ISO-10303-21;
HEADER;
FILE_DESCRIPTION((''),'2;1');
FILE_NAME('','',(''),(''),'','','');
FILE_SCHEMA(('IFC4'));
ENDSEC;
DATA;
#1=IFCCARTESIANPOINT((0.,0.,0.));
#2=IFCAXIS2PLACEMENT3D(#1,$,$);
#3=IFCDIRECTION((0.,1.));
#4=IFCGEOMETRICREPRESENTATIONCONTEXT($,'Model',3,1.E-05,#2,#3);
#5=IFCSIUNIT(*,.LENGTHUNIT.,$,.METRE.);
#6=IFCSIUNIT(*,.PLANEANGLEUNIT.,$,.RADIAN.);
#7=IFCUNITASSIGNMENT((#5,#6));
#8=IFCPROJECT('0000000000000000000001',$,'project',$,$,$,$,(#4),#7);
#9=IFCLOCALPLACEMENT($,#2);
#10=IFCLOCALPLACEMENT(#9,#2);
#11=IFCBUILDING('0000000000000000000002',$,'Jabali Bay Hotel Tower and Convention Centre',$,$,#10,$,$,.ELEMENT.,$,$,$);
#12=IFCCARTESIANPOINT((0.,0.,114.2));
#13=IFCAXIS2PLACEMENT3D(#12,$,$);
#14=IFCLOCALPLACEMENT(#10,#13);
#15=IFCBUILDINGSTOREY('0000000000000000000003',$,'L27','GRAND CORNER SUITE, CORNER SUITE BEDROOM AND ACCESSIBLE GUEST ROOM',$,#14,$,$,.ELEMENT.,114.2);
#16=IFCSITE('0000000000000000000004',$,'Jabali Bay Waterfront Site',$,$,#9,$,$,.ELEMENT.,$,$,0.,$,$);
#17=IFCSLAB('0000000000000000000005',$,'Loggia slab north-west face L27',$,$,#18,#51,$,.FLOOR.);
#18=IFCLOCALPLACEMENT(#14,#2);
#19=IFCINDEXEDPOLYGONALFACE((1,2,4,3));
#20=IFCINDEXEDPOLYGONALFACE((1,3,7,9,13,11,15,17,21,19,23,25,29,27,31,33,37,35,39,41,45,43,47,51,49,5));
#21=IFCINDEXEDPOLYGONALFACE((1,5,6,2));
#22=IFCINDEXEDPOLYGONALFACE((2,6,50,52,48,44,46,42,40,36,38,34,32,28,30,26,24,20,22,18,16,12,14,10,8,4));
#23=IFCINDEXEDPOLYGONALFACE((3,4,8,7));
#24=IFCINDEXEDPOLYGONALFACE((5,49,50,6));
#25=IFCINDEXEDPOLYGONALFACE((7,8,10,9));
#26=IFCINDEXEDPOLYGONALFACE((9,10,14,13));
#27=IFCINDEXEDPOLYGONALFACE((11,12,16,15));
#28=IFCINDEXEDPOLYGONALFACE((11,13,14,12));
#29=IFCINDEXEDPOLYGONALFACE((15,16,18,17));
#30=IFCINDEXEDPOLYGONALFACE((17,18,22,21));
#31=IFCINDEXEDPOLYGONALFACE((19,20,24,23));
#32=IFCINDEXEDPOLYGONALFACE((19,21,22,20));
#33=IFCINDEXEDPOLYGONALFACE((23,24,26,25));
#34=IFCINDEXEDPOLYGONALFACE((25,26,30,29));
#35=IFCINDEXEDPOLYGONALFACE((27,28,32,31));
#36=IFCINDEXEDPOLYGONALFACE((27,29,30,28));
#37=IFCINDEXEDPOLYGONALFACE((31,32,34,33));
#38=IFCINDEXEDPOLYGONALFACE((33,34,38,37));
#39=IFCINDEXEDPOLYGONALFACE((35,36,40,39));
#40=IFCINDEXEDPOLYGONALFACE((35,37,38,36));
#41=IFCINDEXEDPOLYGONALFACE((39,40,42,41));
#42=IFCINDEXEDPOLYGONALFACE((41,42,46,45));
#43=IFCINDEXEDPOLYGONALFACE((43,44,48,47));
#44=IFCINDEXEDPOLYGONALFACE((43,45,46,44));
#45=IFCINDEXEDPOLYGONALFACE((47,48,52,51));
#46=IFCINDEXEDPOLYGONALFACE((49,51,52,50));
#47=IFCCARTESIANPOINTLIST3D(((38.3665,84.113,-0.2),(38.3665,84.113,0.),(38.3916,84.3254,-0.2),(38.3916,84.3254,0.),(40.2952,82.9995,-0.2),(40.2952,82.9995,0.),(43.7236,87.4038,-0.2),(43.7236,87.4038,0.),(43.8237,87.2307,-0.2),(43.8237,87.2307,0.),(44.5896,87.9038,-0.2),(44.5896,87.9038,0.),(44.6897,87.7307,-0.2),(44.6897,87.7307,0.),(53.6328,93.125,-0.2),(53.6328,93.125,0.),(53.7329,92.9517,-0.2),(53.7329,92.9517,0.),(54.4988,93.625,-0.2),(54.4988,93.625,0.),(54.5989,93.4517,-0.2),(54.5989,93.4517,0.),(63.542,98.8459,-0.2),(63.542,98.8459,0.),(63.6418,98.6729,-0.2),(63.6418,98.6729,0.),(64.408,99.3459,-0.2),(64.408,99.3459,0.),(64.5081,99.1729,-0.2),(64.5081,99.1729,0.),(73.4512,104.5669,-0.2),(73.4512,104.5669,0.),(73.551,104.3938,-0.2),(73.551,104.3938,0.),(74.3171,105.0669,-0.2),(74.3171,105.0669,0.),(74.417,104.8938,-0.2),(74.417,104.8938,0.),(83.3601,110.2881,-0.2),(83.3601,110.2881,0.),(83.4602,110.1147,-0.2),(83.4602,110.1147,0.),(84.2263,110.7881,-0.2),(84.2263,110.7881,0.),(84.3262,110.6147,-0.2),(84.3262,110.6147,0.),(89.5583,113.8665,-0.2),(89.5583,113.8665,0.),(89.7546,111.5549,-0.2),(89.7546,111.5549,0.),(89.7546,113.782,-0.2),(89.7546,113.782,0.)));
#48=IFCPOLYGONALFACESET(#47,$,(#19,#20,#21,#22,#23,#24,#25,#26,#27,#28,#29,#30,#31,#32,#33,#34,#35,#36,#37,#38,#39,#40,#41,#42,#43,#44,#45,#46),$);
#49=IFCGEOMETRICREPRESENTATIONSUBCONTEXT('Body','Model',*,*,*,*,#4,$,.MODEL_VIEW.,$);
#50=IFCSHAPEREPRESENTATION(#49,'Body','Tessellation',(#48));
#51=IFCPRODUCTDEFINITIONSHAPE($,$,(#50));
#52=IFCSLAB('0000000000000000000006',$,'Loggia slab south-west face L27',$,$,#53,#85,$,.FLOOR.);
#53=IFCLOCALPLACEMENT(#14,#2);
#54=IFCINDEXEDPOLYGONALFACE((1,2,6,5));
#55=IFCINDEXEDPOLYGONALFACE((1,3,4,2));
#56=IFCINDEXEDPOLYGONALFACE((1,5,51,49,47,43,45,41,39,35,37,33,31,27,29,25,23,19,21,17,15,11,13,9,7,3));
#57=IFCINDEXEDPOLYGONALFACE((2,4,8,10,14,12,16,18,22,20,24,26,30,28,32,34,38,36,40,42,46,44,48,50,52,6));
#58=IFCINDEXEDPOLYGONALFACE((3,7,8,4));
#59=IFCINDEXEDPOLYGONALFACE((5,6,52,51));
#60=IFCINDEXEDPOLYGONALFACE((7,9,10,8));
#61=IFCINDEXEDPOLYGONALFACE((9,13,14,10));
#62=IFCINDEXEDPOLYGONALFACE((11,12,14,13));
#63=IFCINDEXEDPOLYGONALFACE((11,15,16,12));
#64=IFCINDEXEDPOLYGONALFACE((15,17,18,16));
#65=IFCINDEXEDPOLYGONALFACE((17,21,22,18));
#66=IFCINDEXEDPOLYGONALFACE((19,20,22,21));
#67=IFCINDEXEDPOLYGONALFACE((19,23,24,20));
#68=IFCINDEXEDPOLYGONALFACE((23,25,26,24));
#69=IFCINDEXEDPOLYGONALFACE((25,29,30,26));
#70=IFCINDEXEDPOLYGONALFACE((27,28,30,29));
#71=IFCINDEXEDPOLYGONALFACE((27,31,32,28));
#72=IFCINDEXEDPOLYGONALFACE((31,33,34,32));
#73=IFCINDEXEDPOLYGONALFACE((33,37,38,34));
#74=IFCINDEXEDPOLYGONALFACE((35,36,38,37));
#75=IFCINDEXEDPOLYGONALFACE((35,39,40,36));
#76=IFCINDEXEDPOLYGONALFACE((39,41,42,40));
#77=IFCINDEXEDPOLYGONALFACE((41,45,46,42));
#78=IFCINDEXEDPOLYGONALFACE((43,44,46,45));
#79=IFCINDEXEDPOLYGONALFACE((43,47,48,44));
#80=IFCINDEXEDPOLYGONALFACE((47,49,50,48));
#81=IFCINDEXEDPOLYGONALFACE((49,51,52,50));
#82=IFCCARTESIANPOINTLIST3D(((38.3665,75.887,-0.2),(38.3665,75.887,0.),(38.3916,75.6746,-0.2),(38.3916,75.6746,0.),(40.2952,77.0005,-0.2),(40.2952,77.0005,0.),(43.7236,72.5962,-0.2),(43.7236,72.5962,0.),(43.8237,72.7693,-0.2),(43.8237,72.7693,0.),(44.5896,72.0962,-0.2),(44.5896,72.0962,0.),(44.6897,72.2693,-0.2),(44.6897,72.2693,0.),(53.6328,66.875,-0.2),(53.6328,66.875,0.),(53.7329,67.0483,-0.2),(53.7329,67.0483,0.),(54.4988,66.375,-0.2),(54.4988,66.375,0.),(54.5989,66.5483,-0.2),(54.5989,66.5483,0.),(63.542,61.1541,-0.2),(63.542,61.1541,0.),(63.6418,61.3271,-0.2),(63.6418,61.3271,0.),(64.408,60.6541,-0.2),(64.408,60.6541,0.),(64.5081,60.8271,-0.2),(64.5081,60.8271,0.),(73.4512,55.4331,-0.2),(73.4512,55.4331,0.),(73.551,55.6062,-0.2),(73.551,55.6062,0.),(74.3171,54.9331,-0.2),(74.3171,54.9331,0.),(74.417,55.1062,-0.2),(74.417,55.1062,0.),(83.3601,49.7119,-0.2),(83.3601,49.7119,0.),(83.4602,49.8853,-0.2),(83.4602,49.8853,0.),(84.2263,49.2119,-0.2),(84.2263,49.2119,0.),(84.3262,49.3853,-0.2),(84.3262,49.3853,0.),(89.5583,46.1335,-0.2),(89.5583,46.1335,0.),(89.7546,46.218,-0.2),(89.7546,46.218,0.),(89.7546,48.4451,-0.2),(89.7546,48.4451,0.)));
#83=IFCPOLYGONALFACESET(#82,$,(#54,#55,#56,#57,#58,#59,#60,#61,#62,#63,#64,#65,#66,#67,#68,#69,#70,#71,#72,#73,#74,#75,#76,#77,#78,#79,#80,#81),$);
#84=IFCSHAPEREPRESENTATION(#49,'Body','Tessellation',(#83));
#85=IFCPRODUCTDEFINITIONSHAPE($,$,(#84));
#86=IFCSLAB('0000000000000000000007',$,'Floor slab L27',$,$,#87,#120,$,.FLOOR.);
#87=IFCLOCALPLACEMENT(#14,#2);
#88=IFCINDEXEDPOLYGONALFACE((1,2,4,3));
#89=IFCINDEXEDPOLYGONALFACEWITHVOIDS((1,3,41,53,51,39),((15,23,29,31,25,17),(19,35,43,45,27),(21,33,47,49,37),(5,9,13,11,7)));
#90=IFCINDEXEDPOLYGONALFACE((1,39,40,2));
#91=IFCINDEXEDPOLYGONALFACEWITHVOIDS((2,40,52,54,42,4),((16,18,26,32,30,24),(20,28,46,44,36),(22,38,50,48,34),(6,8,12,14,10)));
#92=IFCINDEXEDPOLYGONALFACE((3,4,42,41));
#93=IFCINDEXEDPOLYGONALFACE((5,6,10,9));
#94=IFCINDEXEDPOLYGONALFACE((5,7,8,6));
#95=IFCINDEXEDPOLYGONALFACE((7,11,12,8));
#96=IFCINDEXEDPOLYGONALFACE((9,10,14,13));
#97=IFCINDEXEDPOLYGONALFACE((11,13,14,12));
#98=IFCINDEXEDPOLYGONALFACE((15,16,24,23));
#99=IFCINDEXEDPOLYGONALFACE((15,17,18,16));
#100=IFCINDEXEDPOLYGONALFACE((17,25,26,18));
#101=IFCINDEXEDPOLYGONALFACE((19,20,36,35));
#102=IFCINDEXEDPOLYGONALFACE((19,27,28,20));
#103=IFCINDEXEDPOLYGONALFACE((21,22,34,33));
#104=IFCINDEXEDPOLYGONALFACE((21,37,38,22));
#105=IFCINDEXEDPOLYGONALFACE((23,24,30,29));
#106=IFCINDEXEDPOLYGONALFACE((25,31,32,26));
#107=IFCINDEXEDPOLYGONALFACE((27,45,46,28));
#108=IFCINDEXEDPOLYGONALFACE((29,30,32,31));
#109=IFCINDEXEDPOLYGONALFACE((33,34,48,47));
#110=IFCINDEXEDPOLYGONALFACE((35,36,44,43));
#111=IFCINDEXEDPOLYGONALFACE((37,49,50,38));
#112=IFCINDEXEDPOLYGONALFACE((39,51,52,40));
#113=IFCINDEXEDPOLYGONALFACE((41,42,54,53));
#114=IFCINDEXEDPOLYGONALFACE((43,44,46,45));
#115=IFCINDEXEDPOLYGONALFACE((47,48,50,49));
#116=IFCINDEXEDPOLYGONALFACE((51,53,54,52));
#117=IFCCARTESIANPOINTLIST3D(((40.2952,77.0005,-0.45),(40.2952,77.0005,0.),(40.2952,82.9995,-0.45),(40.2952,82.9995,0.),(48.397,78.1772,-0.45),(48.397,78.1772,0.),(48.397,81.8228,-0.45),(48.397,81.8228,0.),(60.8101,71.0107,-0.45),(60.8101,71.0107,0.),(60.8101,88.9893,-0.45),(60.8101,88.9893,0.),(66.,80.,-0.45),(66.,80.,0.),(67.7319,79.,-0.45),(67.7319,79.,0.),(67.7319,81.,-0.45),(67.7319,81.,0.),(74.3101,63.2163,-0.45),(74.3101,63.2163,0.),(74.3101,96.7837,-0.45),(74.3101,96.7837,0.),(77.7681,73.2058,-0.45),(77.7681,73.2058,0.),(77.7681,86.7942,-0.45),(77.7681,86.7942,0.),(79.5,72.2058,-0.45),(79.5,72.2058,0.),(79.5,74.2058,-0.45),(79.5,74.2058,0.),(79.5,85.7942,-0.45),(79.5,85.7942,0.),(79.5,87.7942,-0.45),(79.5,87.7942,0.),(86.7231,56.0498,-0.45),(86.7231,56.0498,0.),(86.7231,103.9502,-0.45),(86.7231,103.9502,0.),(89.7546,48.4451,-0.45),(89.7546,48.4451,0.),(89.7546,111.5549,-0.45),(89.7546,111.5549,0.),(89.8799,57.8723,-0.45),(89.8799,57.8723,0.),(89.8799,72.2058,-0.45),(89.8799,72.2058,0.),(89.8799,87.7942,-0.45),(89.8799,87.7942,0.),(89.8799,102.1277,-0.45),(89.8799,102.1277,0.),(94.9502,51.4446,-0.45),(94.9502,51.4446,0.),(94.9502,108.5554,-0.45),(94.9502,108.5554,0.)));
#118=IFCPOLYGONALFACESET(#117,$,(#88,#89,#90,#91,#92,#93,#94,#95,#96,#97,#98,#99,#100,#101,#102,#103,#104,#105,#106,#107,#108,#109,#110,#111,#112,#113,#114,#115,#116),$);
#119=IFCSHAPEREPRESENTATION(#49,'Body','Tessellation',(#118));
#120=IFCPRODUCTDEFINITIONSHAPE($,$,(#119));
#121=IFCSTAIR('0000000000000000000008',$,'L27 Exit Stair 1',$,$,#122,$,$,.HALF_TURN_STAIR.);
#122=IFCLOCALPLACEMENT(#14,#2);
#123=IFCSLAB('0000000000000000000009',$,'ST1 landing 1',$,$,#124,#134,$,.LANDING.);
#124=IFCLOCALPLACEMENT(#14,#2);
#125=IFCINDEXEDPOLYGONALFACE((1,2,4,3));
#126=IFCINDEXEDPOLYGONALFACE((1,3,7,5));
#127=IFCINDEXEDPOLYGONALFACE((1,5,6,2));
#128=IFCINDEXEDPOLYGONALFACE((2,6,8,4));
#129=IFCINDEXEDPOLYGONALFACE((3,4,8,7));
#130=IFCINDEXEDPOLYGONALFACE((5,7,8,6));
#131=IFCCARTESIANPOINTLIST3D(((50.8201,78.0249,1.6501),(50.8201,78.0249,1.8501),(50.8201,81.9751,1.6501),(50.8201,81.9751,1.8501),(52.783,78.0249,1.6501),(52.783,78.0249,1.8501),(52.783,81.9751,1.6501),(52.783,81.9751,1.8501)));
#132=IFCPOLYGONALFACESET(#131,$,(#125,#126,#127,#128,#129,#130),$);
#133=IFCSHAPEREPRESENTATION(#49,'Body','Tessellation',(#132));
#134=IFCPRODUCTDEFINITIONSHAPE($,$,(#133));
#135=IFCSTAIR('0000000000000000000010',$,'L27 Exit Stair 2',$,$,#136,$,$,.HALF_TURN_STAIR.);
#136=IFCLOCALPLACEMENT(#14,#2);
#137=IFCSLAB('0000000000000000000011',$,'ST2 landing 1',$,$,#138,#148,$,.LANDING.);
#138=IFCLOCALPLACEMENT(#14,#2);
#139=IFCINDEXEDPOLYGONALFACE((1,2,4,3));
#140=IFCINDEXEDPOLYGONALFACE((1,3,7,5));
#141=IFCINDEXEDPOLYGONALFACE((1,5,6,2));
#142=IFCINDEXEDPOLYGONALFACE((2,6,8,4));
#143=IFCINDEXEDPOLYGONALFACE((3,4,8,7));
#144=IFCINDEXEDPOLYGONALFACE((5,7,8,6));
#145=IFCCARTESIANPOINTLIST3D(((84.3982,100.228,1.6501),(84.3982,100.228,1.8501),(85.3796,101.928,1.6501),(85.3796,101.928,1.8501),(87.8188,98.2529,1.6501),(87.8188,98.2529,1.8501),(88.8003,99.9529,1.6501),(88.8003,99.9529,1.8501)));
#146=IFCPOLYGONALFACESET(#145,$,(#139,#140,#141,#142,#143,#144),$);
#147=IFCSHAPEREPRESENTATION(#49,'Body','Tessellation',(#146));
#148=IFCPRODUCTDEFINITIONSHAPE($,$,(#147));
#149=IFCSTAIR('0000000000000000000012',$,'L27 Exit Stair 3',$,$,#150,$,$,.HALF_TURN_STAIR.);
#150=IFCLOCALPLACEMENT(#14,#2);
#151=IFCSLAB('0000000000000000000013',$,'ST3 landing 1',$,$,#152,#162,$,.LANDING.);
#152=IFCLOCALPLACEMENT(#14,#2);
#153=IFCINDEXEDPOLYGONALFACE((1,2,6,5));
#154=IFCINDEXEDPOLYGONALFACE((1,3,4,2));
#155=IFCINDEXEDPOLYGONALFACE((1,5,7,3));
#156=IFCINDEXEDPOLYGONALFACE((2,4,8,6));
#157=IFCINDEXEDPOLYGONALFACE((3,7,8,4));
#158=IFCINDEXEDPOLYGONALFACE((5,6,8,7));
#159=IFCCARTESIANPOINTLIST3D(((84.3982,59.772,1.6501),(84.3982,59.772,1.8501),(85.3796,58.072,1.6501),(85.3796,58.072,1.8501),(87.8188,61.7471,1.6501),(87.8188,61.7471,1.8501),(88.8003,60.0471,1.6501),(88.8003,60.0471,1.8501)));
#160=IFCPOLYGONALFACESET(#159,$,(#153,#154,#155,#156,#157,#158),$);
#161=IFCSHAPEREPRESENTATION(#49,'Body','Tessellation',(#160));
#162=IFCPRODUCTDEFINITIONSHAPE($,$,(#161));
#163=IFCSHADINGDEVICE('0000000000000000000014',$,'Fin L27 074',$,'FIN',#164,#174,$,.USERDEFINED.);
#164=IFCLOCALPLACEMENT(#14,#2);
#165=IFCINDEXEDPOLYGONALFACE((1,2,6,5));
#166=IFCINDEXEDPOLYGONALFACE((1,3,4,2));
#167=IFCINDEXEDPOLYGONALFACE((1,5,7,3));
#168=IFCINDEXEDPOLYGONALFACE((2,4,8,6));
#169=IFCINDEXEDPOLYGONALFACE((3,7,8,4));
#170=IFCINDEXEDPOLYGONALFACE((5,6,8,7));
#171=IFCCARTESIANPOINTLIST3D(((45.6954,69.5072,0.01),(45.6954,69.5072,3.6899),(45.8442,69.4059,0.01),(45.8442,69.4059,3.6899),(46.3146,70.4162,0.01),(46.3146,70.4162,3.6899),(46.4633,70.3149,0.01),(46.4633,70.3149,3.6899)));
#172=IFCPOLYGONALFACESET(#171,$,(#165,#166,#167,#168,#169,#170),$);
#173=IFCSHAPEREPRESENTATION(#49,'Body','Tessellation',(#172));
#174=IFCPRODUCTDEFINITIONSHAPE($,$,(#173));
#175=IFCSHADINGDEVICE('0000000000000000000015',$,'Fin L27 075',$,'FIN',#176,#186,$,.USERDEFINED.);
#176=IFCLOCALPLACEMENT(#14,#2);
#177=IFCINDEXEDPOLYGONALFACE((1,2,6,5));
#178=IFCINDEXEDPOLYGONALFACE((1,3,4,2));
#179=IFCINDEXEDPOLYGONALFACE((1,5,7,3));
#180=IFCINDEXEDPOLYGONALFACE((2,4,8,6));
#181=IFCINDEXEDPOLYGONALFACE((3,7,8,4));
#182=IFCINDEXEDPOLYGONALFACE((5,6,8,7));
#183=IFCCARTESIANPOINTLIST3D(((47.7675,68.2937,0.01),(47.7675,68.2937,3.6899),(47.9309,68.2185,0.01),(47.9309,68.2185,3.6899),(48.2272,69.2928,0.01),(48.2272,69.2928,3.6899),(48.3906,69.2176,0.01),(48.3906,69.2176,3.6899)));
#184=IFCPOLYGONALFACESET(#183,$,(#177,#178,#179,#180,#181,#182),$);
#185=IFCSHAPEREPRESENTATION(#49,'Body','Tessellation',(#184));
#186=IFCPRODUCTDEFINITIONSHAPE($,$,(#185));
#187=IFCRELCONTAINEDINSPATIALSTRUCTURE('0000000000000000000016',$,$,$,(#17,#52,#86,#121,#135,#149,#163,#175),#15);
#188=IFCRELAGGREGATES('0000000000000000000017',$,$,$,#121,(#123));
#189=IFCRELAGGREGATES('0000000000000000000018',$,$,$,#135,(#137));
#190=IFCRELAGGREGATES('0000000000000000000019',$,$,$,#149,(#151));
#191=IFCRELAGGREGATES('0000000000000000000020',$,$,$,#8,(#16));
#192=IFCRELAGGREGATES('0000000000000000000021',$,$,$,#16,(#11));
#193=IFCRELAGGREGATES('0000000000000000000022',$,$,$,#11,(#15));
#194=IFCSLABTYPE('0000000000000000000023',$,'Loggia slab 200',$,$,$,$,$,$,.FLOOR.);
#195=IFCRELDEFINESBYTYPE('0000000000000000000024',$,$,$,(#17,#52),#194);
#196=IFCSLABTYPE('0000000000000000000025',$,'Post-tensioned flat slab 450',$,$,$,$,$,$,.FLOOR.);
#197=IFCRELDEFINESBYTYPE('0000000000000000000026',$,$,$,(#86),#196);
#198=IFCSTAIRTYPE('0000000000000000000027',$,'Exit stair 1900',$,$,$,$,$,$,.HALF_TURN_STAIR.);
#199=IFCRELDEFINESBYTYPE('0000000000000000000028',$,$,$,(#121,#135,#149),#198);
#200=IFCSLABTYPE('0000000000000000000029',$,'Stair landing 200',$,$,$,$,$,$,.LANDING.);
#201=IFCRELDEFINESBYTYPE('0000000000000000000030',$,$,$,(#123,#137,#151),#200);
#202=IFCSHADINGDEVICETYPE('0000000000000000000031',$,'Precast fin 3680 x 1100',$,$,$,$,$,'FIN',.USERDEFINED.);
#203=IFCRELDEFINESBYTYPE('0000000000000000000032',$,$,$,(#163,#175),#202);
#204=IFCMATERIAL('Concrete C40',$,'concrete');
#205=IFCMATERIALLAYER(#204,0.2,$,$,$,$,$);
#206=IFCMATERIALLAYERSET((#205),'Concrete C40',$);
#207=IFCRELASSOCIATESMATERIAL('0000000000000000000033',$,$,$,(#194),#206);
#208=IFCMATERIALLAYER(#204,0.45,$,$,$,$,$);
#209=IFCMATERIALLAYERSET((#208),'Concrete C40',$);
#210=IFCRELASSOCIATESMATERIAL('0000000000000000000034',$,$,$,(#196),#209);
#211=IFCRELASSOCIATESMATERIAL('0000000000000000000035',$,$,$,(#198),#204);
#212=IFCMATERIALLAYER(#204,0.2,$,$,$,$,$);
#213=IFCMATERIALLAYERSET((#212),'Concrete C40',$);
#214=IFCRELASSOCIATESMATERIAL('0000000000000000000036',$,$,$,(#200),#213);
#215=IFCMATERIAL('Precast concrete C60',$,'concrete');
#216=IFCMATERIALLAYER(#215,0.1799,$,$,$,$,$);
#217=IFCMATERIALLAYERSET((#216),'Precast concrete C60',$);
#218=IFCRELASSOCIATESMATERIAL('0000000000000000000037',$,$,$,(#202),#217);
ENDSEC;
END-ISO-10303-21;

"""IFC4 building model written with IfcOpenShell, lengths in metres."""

from ifc_helpers import new_model, si_unit, direction, frame, frame_2d, origin, place, context, subcontext, project, spatial, polyline, rectangle, outline, extrude, material, layer, layer_set, type_object, element, aggregate, save


model = new_model("IFC4")

# Units and contexts
model_context = context("Model", 3, precision=1e-05, world=origin(), true_north=direction((0.0, 1.0)))
body_context = subcontext(model_context, "Body", "Model", "MODEL_VIEW")
ifc_project = project(units=[si_unit("LENGTHUNIT", "METRE"), si_unit("PLANEANGLEUNIT", "RADIAN")], contexts=[model_context])

# Site, building, storey
site_placement = place(None, origin())
site = spatial("IfcSite", under=ifc_project, at=site_placement, Name="Jabali Bay Waterfront Site", CompositionType="ELEMENT", RefElevation=0.0)
building_placement = place(site_placement, origin())
building = spatial("IfcBuilding", under=site, at=building_placement, Name="Jabali Bay Hotel Tower and Convention Centre", CompositionType="ELEMENT")
storey_placement = place(building_placement, frame((0.0, 0.0, 114.2)))
storey = spatial("IfcBuildingStorey", under=building, at=storey_placement, Name="L27", Description="GRAND CORNER SUITE, CORNER SUITE BEDROOM AND ACCESSIBLE GUEST ROOM", CompositionType="ELEMENT", Elevation=114.2)

# Slabs
ifc_material_1 = material(Name="Concrete C40", Category="concrete")
ifc_layer_1 = layer(ifc_material_1, 0.2)
ifc_layer_set_1 = layer_set([ifc_layer_1], Name="Concrete C40")
slab_type_1 = type_object("IfcSlabType", Name="Loggia slab 200", PredefinedType="FLOOR", material=ifc_layer_set_1)
slab_1_placement = place(storey_placement, frame((0.0, 0.0, -0.2)))
element("IfcSlab", 1, at=slab_1_placement, inside=storey, type_object=slab_type_1, Name="Loggia slab north-west face L27", PredefinedType="FLOOR", context=body_context, shape_type="SweptSolid", body=[
    extrude(outline(polyline([(40.2952, 82.9995), (38.3665, 84.113), (38.3916, 84.3254), (43.7236, 87.4038), (43.8237, 87.2307), (44.6897, 87.7307), (44.5896, 87.9038), (53.6328, 93.125), (53.7329, 92.9517), (54.5989, 93.4517), (54.4988, 93.625), (63.542, 98.8459), (63.6418, 98.6729), (64.5081, 99.1729), (64.408, 99.3459), (73.4512, 104.5669), (73.551, 104.3938), (74.417, 104.8938), (74.3171, 105.0669), (83.3601, 110.2881), (83.4602, 110.1147), (84.3262, 110.6147), (84.2263, 110.7881), (89.5583, 113.8665), (89.7546, 113.782), (89.7546, 111.5549), (40.2952, 82.9995)])), origin(), (0.0, 0.0, 1.0), 0.2),
])
slab_2_placement = place(storey_placement, frame((0.0, 0.0, -0.2)))
element("IfcSlab", 2, at=slab_2_placement, inside=storey, type_object=slab_type_1, Name="Loggia slab south-west face L27", PredefinedType="FLOOR", context=body_context, shape_type="SweptSolid", body=[
    extrude(outline(polyline([(89.7546, 48.4451), (89.7546, 46.218), (89.5583, 46.1335), (84.2263, 49.2119), (84.3262, 49.3853), (83.4602, 49.8853), (83.3601, 49.7119), (74.3171, 54.9331), (74.417, 55.1062), (73.551, 55.6062), (73.4512, 55.4331), (64.408, 60.6541), (64.5081, 60.8271), (63.6418, 61.3271), (63.542, 61.1541), (54.4988, 66.375), (54.5989, 66.5483), (53.7329, 67.0483), (53.6328, 66.875), (44.5896, 72.0962), (44.6897, 72.2693), (43.8237, 72.7693), (43.7236, 72.5962), (38.3916, 75.6746), (38.3665, 75.887), (40.2952, 77.0005), (89.7546, 48.4451)])), origin(), (0.0, 0.0, 1.0), 0.2),
])
ifc_layer_2 = layer(ifc_material_1, 0.45)
ifc_layer_set_2 = layer_set([ifc_layer_2], Name="Concrete C40")
slab_type_2 = type_object("IfcSlabType", Name="Post-tensioned flat slab 450", PredefinedType="FLOOR", material=ifc_layer_set_2)
slab_3_placement = place(storey_placement, frame((0.0, 0.0, -0.45)))
element("IfcSlab", 3, at=slab_3_placement, inside=storey, type_object=slab_type_2, Name="Floor slab L27", PredefinedType="FLOOR", context=body_context, shape_type="SweptSolid", body=[
    extrude(outline(polyline([(89.7546, 111.5549), (94.9502, 108.5554), (94.9502, 51.4446), (89.7546, 48.4451), (40.2952, 77.0005), (40.2952, 82.9995), (89.7546, 111.5549)]), holes=[polyline([(67.7319, 79.0), (77.7681, 73.2058), (79.5, 74.2058), (79.5, 85.7942), (77.7681, 86.7942), (67.7319, 81.0), (67.7319, 79.0)]), polyline([(48.397, 78.1772), (60.8101, 71.0107), (66.0, 80.0), (60.8101, 88.9893), (48.397, 81.8228), (48.397, 78.1772)]), polyline([(89.8799, 102.1277), (86.7231, 103.9502), (74.3101, 96.7837), (79.5, 87.7942), (89.8799, 87.7942), (89.8799, 102.1277)]), polyline([(74.3101, 63.2163), (86.7231, 56.0498), (89.8799, 57.8723), (89.8799, 72.2058), (79.5, 72.2058), (74.3101, 63.2163)])]), origin(), (0.0, 0.0, 1.0), 0.45),
])

# Stairs, slabs
stair_type = type_object("IfcStairType", Name="Exit stair 1900", PredefinedType="HALF_TURN_STAIR", material=ifc_material_1)
stair_1_placement = place(storey_placement, origin())
stair_1 = element("IfcStair", 4, at=stair_1_placement, inside=storey, type_object=stair_type, Name="L27 Exit Stair 1", PredefinedType="HALF_TURN_STAIR")
ifc_layer_3 = layer(ifc_material_1, 0.2)
ifc_layer_set_3 = layer_set([ifc_layer_3], Name="Concrete C40")
slab_type_3 = type_object("IfcSlabType", Name="Stair landing 200", PredefinedType="LANDING", material=ifc_layer_set_3)
slab_4_placement = place(storey_placement, frame((0.0, 0.0, 1.6501)))
slab_4 = element("IfcSlab", 5, at=slab_4_placement, type_object=slab_type_3, Name="ST1 landing 1", PredefinedType="LANDING", context=body_context, shape_type="SweptSolid", body=[
    extrude(outline(polyline([(52.783, 81.9751), (50.8201, 81.9751), (50.8201, 78.0249), (52.783, 78.0249), (52.783, 81.9751)])), origin(), (0.0, 0.0, 1.0), 0.2),
])
aggregate(stair_1, [slab_4])
stair_2_placement = place(storey_placement, origin())
stair_2 = element("IfcStair", 6, at=stair_2_placement, inside=storey, type_object=stair_type, Name="L27 Exit Stair 2", PredefinedType="HALF_TURN_STAIR")
slab_5_placement = place(storey_placement, frame((0.0, 0.0, 1.6501)))
slab_5 = element("IfcSlab", 7, at=slab_5_placement, type_object=slab_type_3, Name="ST2 landing 1", PredefinedType="LANDING", context=body_context, shape_type="SweptSolid", body=[
    extrude(outline(polyline([(87.8188, 98.2529), (88.8003, 99.9529), (85.3796, 101.928), (84.3982, 100.228), (87.8188, 98.2529)])), origin(), (0.0, 0.0, 1.0), 0.2),
])
aggregate(stair_2, [slab_5])
stair_3_placement = place(storey_placement, origin())
stair_3 = element("IfcStair", 8, at=stair_3_placement, inside=storey, type_object=stair_type, Name="L27 Exit Stair 3", PredefinedType="HALF_TURN_STAIR")
slab_6_placement = place(storey_placement, frame((0.0, 0.0, 1.6501)))
slab_6 = element("IfcSlab", 9, at=slab_6_placement, type_object=slab_type_3, Name="ST3 landing 1", PredefinedType="LANDING", context=body_context, shape_type="SweptSolid", body=[
    extrude(outline(polyline([(84.3982, 59.772), (85.3796, 58.072), (88.8003, 60.0471), (87.8188, 61.7471), (84.3982, 59.772)])), origin(), (0.0, 0.0, 1.0), 0.2),
])
aggregate(stair_3, [slab_6])

# Shading devices
ifc_material_2 = material(Name="Precast concrete C60", Category="concrete")
ifc_layer_4 = layer(ifc_material_2, 0.1799)
ifc_layer_set_4 = layer_set([ifc_layer_4], Name="Precast concrete C60")
shading_device_type_1 = type_object("IfcShadingDeviceType", Name="Precast fin 3680 x 1100", ElementType="FIN", PredefinedType="USERDEFINED", material=ifc_layer_set_4)
for number, where, z_axis, x_axis, name in (
    (10, (46.3889, 70.3655, 0.01), (0.0, 0.0, 1.0), (-0.562972, -0.826476, 0.0), "Fin L27 074"),
    (11, (48.3088, 69.2551, 0.01), (0.0, 0.0, 1.0), (-0.417946, -0.908472, 0.0), "Fin L27 075"),
):
    element("IfcShadingDevice", number, at=place(storey_placement, frame(where, z_axis=z_axis, x_axis=x_axis)), inside=storey, type_object=shading_device_type_1, Name=name, ObjectType="FIN", PredefinedType="USERDEFINED", context=body_context, shape_type="SweptSolid", body=[
        extrude(rectangle(XDim=1.0999, YDim=0.1799, at=frame_2d((0.5498, 0.0))), origin(), (0.0, 0.0, 1.0), 3.6799),
    ])

save(model, "model.ifc")
